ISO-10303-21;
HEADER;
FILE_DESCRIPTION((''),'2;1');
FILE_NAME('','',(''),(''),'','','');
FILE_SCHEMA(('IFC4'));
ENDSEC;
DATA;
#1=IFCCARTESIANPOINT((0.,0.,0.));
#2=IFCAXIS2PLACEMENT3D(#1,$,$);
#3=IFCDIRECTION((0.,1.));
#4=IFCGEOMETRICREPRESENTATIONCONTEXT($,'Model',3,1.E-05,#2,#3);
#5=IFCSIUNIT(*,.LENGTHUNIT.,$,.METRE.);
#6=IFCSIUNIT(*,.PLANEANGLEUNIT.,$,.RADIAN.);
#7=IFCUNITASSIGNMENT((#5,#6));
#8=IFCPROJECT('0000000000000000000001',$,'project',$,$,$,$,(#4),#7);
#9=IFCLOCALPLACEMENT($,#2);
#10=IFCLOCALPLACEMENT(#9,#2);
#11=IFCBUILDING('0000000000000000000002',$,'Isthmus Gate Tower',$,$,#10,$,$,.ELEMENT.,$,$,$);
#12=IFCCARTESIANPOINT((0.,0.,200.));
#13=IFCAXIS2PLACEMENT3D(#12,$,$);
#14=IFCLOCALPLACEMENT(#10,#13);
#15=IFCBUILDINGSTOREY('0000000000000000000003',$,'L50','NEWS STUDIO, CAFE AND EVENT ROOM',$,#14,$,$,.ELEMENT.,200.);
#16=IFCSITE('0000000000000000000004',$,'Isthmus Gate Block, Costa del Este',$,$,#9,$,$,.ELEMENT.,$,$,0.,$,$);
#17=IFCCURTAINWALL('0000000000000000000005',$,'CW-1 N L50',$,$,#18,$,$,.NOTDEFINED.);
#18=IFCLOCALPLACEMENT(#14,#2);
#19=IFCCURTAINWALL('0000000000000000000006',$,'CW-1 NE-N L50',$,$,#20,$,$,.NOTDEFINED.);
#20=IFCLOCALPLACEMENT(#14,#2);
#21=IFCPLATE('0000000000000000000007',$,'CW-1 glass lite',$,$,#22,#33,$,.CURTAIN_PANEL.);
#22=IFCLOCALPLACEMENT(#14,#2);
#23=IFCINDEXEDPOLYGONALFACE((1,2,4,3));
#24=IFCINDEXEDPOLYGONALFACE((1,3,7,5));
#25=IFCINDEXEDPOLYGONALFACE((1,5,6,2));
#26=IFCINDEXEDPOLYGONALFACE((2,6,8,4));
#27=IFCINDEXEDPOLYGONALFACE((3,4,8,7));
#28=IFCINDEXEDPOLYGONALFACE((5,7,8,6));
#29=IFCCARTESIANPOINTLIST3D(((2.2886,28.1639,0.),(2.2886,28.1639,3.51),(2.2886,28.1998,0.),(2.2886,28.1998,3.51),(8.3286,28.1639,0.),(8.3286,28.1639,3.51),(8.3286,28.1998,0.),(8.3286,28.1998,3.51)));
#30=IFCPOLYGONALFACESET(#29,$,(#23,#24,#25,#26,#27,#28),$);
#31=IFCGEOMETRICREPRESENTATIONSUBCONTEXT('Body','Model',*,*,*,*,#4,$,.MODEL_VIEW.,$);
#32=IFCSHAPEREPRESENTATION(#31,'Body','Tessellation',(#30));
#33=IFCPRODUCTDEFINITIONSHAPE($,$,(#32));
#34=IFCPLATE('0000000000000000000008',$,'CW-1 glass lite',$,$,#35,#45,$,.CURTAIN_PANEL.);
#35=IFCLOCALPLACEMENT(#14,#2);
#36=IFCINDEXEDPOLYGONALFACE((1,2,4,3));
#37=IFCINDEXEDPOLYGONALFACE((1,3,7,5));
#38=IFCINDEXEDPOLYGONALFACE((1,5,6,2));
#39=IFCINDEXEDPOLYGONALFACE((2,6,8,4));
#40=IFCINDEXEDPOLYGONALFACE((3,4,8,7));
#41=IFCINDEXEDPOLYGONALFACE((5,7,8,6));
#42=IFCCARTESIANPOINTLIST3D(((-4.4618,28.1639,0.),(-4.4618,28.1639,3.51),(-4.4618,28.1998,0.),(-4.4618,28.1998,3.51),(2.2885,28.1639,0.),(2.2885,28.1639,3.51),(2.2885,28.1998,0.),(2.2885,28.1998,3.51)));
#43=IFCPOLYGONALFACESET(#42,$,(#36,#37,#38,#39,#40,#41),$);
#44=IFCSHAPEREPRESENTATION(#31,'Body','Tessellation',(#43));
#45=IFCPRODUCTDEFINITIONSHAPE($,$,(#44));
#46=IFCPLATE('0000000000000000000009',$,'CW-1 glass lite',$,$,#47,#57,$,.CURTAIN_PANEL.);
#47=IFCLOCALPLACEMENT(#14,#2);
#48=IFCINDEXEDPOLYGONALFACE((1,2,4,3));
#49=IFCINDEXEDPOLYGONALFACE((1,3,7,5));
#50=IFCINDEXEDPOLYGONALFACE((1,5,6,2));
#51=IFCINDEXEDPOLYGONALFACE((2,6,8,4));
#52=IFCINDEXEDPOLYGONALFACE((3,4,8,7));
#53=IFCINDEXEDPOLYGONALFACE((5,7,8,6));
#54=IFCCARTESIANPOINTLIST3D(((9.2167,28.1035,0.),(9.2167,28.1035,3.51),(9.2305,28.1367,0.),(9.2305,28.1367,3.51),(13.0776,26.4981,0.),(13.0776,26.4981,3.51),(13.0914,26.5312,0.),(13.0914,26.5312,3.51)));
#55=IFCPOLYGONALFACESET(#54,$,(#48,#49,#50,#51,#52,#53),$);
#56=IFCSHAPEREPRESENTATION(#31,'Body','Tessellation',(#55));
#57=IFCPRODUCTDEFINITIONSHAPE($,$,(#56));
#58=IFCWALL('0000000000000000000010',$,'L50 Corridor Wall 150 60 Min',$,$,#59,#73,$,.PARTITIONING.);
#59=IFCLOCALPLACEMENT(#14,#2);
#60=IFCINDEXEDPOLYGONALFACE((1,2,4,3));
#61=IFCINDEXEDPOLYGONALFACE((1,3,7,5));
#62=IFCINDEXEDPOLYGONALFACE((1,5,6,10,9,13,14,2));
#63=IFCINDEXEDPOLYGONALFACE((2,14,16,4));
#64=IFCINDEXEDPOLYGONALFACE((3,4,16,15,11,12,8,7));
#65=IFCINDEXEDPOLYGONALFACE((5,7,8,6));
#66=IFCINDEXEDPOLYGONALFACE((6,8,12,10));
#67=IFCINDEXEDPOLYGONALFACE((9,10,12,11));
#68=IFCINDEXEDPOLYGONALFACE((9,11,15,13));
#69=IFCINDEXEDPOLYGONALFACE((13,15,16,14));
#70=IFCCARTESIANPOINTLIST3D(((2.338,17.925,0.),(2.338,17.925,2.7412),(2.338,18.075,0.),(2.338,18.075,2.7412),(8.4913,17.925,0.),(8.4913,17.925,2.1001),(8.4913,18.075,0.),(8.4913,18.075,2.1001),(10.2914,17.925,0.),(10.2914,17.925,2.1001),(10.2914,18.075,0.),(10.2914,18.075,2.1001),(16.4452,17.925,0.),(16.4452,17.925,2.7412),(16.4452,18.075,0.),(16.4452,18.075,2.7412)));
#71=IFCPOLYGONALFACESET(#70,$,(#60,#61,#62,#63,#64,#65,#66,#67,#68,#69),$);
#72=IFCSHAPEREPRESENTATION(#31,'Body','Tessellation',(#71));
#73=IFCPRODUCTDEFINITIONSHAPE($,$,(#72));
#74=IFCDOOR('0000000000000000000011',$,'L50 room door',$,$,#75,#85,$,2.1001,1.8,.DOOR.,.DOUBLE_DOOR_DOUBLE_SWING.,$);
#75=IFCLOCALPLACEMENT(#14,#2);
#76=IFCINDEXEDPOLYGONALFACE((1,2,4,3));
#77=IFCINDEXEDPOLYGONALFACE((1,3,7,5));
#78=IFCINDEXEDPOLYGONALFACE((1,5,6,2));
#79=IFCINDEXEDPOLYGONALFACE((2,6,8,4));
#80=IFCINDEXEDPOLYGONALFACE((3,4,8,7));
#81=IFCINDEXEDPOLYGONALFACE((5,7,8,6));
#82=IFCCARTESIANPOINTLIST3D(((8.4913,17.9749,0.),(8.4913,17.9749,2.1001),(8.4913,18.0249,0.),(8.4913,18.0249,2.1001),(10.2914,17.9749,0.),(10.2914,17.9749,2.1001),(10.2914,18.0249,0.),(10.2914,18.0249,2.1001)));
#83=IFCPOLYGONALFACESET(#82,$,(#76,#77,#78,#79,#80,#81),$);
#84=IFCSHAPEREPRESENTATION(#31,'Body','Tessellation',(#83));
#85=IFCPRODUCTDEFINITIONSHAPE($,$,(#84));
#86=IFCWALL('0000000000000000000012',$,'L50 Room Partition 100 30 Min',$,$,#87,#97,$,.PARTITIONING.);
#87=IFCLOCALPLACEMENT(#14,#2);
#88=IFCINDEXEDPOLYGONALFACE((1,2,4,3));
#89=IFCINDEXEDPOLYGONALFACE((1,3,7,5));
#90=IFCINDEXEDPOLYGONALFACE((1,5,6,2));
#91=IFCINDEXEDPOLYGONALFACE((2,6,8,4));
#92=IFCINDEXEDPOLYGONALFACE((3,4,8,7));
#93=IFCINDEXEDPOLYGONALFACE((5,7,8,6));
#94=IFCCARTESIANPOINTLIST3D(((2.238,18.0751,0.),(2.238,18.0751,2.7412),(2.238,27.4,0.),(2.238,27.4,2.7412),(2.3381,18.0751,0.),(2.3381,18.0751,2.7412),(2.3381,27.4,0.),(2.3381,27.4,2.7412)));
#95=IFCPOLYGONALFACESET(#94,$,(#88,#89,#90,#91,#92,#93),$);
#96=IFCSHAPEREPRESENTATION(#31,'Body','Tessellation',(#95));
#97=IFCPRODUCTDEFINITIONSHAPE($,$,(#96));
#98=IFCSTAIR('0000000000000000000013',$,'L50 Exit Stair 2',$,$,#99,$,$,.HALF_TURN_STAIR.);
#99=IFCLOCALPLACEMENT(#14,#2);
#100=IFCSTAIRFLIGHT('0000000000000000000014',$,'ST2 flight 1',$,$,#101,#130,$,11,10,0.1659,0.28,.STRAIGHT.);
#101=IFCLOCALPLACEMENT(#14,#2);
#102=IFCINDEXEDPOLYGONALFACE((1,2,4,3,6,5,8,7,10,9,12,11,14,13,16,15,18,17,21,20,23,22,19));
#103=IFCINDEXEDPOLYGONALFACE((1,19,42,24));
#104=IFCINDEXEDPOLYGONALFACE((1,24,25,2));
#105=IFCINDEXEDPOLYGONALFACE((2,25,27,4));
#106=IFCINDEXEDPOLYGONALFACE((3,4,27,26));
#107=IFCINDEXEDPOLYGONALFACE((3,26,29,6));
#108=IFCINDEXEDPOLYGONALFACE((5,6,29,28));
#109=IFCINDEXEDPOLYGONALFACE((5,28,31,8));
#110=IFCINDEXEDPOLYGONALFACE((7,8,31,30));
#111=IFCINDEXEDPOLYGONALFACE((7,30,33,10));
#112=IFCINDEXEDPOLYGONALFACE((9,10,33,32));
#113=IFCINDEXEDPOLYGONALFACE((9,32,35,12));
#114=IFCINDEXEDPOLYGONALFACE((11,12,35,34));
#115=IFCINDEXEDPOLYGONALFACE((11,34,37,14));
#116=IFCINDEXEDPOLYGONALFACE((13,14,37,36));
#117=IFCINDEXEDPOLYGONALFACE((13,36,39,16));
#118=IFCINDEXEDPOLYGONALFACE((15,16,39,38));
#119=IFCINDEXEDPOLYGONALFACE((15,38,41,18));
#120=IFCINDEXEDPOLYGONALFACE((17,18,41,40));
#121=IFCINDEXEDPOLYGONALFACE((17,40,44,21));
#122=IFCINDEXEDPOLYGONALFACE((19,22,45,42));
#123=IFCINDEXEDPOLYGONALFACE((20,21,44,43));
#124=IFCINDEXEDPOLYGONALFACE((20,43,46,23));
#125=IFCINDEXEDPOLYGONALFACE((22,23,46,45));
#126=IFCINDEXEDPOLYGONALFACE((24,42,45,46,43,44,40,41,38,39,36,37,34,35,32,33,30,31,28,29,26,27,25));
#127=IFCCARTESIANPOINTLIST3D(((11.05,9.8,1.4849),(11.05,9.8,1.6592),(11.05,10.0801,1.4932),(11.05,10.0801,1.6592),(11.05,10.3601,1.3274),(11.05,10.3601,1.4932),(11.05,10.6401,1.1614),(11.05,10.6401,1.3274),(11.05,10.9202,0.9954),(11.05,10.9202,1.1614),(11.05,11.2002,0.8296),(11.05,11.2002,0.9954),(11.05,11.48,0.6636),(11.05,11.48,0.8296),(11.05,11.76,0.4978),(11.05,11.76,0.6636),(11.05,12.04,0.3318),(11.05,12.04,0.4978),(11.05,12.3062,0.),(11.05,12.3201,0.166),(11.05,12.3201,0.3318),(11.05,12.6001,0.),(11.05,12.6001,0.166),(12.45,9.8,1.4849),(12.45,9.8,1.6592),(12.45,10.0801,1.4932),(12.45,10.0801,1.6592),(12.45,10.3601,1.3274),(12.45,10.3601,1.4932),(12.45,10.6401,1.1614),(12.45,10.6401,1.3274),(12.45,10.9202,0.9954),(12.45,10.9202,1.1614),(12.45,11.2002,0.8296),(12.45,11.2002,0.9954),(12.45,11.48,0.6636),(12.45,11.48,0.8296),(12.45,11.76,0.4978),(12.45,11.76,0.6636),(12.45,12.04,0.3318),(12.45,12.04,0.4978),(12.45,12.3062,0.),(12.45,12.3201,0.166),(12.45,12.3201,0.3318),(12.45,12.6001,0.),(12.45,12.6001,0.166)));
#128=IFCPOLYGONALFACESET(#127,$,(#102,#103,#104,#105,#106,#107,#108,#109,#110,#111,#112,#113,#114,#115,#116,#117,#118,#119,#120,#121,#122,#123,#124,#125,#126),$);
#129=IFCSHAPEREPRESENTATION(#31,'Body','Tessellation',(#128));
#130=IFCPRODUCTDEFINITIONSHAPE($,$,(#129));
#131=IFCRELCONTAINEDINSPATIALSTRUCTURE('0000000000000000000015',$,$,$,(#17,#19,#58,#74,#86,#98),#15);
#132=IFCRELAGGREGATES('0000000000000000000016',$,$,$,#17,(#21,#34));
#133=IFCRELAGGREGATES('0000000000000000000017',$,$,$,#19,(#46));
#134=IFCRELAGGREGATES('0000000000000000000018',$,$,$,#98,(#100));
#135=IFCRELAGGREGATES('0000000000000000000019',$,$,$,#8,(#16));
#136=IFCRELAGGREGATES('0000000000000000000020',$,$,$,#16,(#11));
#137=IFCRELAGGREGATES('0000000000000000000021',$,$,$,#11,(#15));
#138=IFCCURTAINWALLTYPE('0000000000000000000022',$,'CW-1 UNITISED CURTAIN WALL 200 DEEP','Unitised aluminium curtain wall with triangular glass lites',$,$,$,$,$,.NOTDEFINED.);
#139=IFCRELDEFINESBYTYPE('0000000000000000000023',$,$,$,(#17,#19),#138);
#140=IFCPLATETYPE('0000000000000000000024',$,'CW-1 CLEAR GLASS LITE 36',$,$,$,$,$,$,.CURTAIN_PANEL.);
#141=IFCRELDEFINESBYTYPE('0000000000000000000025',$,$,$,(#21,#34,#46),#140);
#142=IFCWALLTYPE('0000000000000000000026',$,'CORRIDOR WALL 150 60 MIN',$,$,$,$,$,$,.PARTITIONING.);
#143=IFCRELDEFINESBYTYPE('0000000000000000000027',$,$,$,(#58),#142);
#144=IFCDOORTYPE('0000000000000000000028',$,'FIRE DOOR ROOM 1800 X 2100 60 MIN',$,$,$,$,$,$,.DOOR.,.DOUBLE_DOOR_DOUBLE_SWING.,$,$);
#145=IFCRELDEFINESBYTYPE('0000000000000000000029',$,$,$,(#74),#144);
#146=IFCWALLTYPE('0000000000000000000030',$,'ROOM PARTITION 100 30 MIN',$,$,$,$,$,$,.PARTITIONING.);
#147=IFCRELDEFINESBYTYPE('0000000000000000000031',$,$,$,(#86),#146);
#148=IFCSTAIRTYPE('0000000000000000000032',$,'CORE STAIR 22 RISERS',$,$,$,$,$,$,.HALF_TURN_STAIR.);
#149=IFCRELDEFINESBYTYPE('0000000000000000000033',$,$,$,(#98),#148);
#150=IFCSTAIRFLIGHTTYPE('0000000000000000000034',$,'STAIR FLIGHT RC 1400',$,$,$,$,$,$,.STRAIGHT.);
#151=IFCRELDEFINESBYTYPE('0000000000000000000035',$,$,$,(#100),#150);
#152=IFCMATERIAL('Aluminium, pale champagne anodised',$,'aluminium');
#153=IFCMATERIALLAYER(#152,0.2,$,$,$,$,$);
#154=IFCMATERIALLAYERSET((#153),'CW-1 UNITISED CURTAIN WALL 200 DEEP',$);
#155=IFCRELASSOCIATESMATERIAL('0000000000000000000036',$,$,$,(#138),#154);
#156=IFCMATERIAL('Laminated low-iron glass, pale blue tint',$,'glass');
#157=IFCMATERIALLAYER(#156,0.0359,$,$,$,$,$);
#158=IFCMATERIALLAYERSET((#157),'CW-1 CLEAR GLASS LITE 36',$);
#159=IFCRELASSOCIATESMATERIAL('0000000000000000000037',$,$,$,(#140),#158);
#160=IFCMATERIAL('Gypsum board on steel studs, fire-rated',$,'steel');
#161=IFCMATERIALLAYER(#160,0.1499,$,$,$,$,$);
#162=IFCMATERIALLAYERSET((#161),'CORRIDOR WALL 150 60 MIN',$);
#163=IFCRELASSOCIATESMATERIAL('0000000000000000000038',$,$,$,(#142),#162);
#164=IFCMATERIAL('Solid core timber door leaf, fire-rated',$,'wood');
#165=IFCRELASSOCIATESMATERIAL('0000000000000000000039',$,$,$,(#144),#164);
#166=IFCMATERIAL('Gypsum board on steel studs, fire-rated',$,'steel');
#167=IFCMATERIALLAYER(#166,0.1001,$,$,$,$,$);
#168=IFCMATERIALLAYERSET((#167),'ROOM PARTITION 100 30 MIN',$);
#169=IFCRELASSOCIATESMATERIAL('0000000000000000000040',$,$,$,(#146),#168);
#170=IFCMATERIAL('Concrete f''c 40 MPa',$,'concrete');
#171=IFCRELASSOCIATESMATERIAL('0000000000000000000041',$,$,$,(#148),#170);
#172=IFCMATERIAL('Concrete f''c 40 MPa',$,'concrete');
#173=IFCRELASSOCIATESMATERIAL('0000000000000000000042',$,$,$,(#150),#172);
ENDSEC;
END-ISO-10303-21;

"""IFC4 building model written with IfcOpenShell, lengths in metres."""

from ifc_helpers import new_model, si_unit, direction, frame, frame_2d, origin, origin_2d, place, context, subcontext, project, spatial, polyline, rectangle, outline, extrude, material, layer, layer_set, type_object, element, fill, aggregate, save


model = new_model("IFC4")

# Units and contexts
model_context = context("Model", 3, precision=1e-05, world=origin(), true_north=direction((0.0, 1.0)))
body_context = subcontext(model_context, "Body", "Model", "MODEL_VIEW")
ifc_project = project(units=[si_unit("LENGTHUNIT", "METRE"), si_unit("PLANEANGLEUNIT", "RADIAN")], contexts=[model_context])

# Site, building, storey
site_placement = place(None, origin())
site = spatial("IfcSite", under=ifc_project, at=site_placement, Name="Isthmus Gate Block, Costa del Este", CompositionType="ELEMENT", RefElevation=0.0)
building_placement = place(site_placement, origin())
building = spatial("IfcBuilding", under=site, at=building_placement, Name="Isthmus Gate Tower", CompositionType="ELEMENT")
storey_placement = place(building_placement, frame((0.0, 0.0, 200.0)))
storey = spatial("IfcBuildingStorey", under=building, at=storey_placement, Name="L50", Description="NEWS STUDIO, CAFE AND EVENT ROOM", CompositionType="ELEMENT", Elevation=200.0)

# Curtain walls
ifc_material_1 = material(Name="Aluminium, pale champagne anodised", Category="aluminium")
ifc_layer_1 = layer(ifc_material_1, 0.2)
ifc_layer_set_1 = layer_set([ifc_layer_1], Name="CW-1 UNITISED CURTAIN WALL 200 DEEP")
curtain_wall_type = type_object("IfcCurtainWallType", Name="CW-1 UNITISED CURTAIN WALL 200 DEEP", Description="Unitised aluminium curtain wall with triangular glass lites", PredefinedType="NOTDEFINED", material=ifc_layer_set_1)
curtain_wall_1_placement = place(storey_placement, origin())
curtain_wall_1 = element("IfcCurtainWall", 1, at=curtain_wall_1_placement, inside=storey, type_object=curtain_wall_type, Name="CW-1 N L50", PredefinedType="NOTDEFINED")
curtain_wall_2_placement = place(storey_placement, origin())
curtain_wall_2 = element("IfcCurtainWall", 2, at=curtain_wall_2_placement, inside=storey, type_object=curtain_wall_type, Name="CW-1 NE-N L50", PredefinedType="NOTDEFINED")

# Plates
ifc_material_2 = material(Name="Laminated low-iron glass, pale blue tint", Category="glass")
ifc_layer_2 = layer(ifc_material_2, 0.0359)
ifc_layer_set_2 = layer_set([ifc_layer_2], Name="CW-1 CLEAR GLASS LITE 36")
plate_type = type_object("IfcPlateType", Name="CW-1 CLEAR GLASS LITE 36", PredefinedType="CURTAIN_PANEL", material=ifc_layer_set_2)
plate_1_placement = place(storey_placement, frame((5.3086, 28.1819, 0.0), z_axis=(0.0, 0.0, 1.0), x_axis=(-1.0, 0.0, 0.0)))
plate_1 = element("IfcPlate", 3, at=plate_1_placement, type_object=plate_type, Name="CW-1 glass lite", PredefinedType="CURTAIN_PANEL", context=body_context, shape_type="SweptSolid", body=[
    extrude(rectangle(XDim=6.04, YDim=0.0359, at=origin_2d()), origin(), (0.0, 0.0, 1.0), 3.51),
])
plate_2_placement = place(storey_placement, frame((-1.0867, 28.1819, 0.0), z_axis=(0.0, 0.0, 1.0), x_axis=(-1.0, 0.0, 0.0)))
plate_2 = element("IfcPlate", 4, at=plate_2_placement, type_object=plate_type, Name="CW-1 glass lite", PredefinedType="CURTAIN_PANEL", context=body_context, shape_type="SweptSolid", body=[
    extrude(rectangle(XDim=6.7502, YDim=0.0359, at=origin_2d()), origin(), (0.0, 0.0, 1.0), 3.51),
])
aggregate(curtain_wall_1, [plate_1, plate_2])
plate_3_placement = place(storey_placement, frame((11.1541, 27.3174, 0.0), z_axis=(0.0, 0.0, 1.0), x_axis=(-0.923353, 0.383952, 0.0)))
plate_3 = element("IfcPlate", 5, at=plate_3_placement, type_object=plate_type, Name="CW-1 glass lite", PredefinedType="CURTAIN_PANEL", context=body_context, shape_type="SweptSolid", body=[
    extrude(rectangle(XDim=4.1814, YDim=0.0359, at=origin_2d()), origin(), (0.0, 0.0, 1.0), 3.51),
])
aggregate(curtain_wall_2, [plate_3])

# Wall, opening, door
ifc_material_3 = material(Name="Gypsum board on steel studs, fire-rated", Category="steel")
ifc_layer_3 = layer(ifc_material_3, 0.1499)
ifc_layer_set_3 = layer_set([ifc_layer_3], Name="CORRIDOR WALL 150 60 MIN")
wall_type_1 = type_object("IfcWallType", Name="CORRIDOR WALL 150 60 MIN", PredefinedType="PARTITIONING", material=ifc_layer_set_3)
wall_1_placement = place(storey_placement, frame((2.3379, 18.0, 0.0), z_axis=(0.0, 0.0, 1.0), x_axis=(1.0, 0.0, 0.0)))
wall_1 = element("IfcWall", 6, at=wall_1_placement, inside=storey, type_object=wall_type_1, Name="L50 Corridor Wall 150 60 Min", PredefinedType="PARTITIONING", context=body_context, shape_type="SweptSolid", body=[
    extrude(rectangle(XDim=14.1072, YDim=0.1499, at=frame_2d((7.0537, 0.0))), origin(), (0.0, 0.0, 1.0), 2.7412),
])
opening_placement = place(wall_1_placement, frame((6.1536, 0.0, 0.0)))
opening = element("IfcOpeningElement", 7, at=opening_placement, cuts=wall_1, PredefinedType="OPENING", context=body_context, shape_type="SweptSolid", body=[
    extrude(rectangle(XDim=1.8, YDim=2.1001, at=frame_2d((0.8999, 1.05))), frame((0.0, 0.085, 0.0), z_axis=(0.0, -1.0, 0.0), x_axis=(1.0, 0.0, 0.0)), (0.0, 0.0, 1.0), 0.1699),
])
ifc_material_4 = material(Name="Solid core timber door leaf, fire-rated", Category="wood")
door_type = type_object("IfcDoorType", Name="FIRE DOOR ROOM 1800 X 2100 60 MIN", OperationType="DOUBLE_DOOR_DOUBLE_SWING", PredefinedType="DOOR", material=ifc_material_4)
door_placement = place(opening_placement, origin())
door = element("IfcDoor", 8, at=door_placement, inside=storey, type_object=door_type, Name="L50 room door", OperationType="DOUBLE_DOOR_DOUBLE_SWING", OverallHeight=2.1001, OverallWidth=1.8, PredefinedType="DOOR", context=body_context, shape_type="SweptSolid", body=[
    extrude(rectangle(XDim=1.8, YDim=2.1001, at=frame_2d((0.8999, 1.05))), frame((0.0, 0.0249, 0.0), z_axis=(0.0, -1.0, 0.0), x_axis=(1.0, 0.0, 0.0)), (0.0, 0.0, 1.0), 0.05),
])
fill(opening, door)

# Wall
ifc_material_5 = material(Name="Gypsum board on steel studs, fire-rated", Category="steel")
ifc_layer_4 = layer(ifc_material_5, 0.1001)
ifc_layer_set_4 = layer_set([ifc_layer_4], Name="ROOM PARTITION 100 30 MIN")
wall_type_2 = type_object("IfcWallType", Name="ROOM PARTITION 100 30 MIN", PredefinedType="PARTITIONING", material=ifc_layer_set_4)
wall_2_placement = place(storey_placement, frame((2.2881, 18.075, 0.0), z_axis=(0.0, 0.0, 1.0), x_axis=(0.0, 1.0, 0.0)))
element("IfcWall", 9, at=wall_2_placement, inside=storey, type_object=wall_type_2, Name="L50 Room Partition 100 30 Min", PredefinedType="PARTITIONING", context=body_context, shape_type="SweptSolid", body=[
    extrude(rectangle(XDim=9.325, YDim=0.1001, at=frame_2d((4.6626, 0.0))), origin(), (0.0, 0.0, 1.0), 2.7412),
])

# Stair, stair flight
ifc_material_6 = material(Name="Concrete f'c 40 MPa", Category="concrete")
stair_type = type_object("IfcStairType", Name="CORE STAIR 22 RISERS", PredefinedType="HALF_TURN_STAIR", material=ifc_material_6)
stair_placement = place(storey_placement, origin())
stair = element("IfcStair", 10, at=stair_placement, inside=storey, type_object=stair_type, Name="L50 Exit Stair 2", PredefinedType="HALF_TURN_STAIR")
ifc_material_7 = material(Name="Concrete f'c 40 MPa", Category="concrete")
stair_flight_type = type_object("IfcStairFlightType", Name="STAIR FLIGHT RC 1400", PredefinedType="STRAIGHT", material=ifc_material_7)
stair_flight_placement = place(storey_placement, frame((11.75, 12.6001, 0.0), z_axis=(0.0, 0.0, 1.0), x_axis=(0.0, -1.0, 0.0)))
stair_flight = element("IfcStairFlight", 11, at=stair_flight_placement, type_object=stair_flight_type, Name="ST2 flight 1", NumberOfRisers=11, NumberOfTreads=10, PredefinedType="STRAIGHT", RiserHeight=0.1659, TreadLength=0.28, context=body_context, shape_type="SweptSolid", body=[
    extrude(outline(polyline([(0.0, 0.0), (0.0, 0.166), (0.28, 0.166), (0.28, 0.3318), (0.5601, 0.3318), (0.5601, 0.4978), (0.8401, 0.4978), (0.8401, 0.6636), (1.1201, 0.6636), (1.1201, 0.8296), (1.3999, 0.8296), (1.3999, 0.9954), (1.6799, 0.9954), (1.6799, 1.1614), (1.96, 1.1614), (1.96, 1.3274), (2.24, 1.3274), (2.24, 1.4932), (2.52, 1.4932), (2.52, 1.6592), (2.8, 1.6592), (2.8, 1.825), (2.8, 1.4849), (0.2939, 0.0), (0.0, 0.0)])), frame((0.0, 0.7, 0.0), z_axis=(0.0, -1.0, 0.0), x_axis=(1.0, 0.0, 0.0)), (0.0, 0.0, 1.0), 1.3999),
])
aggregate(stair, [stair_flight])

save(model, "model.ifc")
